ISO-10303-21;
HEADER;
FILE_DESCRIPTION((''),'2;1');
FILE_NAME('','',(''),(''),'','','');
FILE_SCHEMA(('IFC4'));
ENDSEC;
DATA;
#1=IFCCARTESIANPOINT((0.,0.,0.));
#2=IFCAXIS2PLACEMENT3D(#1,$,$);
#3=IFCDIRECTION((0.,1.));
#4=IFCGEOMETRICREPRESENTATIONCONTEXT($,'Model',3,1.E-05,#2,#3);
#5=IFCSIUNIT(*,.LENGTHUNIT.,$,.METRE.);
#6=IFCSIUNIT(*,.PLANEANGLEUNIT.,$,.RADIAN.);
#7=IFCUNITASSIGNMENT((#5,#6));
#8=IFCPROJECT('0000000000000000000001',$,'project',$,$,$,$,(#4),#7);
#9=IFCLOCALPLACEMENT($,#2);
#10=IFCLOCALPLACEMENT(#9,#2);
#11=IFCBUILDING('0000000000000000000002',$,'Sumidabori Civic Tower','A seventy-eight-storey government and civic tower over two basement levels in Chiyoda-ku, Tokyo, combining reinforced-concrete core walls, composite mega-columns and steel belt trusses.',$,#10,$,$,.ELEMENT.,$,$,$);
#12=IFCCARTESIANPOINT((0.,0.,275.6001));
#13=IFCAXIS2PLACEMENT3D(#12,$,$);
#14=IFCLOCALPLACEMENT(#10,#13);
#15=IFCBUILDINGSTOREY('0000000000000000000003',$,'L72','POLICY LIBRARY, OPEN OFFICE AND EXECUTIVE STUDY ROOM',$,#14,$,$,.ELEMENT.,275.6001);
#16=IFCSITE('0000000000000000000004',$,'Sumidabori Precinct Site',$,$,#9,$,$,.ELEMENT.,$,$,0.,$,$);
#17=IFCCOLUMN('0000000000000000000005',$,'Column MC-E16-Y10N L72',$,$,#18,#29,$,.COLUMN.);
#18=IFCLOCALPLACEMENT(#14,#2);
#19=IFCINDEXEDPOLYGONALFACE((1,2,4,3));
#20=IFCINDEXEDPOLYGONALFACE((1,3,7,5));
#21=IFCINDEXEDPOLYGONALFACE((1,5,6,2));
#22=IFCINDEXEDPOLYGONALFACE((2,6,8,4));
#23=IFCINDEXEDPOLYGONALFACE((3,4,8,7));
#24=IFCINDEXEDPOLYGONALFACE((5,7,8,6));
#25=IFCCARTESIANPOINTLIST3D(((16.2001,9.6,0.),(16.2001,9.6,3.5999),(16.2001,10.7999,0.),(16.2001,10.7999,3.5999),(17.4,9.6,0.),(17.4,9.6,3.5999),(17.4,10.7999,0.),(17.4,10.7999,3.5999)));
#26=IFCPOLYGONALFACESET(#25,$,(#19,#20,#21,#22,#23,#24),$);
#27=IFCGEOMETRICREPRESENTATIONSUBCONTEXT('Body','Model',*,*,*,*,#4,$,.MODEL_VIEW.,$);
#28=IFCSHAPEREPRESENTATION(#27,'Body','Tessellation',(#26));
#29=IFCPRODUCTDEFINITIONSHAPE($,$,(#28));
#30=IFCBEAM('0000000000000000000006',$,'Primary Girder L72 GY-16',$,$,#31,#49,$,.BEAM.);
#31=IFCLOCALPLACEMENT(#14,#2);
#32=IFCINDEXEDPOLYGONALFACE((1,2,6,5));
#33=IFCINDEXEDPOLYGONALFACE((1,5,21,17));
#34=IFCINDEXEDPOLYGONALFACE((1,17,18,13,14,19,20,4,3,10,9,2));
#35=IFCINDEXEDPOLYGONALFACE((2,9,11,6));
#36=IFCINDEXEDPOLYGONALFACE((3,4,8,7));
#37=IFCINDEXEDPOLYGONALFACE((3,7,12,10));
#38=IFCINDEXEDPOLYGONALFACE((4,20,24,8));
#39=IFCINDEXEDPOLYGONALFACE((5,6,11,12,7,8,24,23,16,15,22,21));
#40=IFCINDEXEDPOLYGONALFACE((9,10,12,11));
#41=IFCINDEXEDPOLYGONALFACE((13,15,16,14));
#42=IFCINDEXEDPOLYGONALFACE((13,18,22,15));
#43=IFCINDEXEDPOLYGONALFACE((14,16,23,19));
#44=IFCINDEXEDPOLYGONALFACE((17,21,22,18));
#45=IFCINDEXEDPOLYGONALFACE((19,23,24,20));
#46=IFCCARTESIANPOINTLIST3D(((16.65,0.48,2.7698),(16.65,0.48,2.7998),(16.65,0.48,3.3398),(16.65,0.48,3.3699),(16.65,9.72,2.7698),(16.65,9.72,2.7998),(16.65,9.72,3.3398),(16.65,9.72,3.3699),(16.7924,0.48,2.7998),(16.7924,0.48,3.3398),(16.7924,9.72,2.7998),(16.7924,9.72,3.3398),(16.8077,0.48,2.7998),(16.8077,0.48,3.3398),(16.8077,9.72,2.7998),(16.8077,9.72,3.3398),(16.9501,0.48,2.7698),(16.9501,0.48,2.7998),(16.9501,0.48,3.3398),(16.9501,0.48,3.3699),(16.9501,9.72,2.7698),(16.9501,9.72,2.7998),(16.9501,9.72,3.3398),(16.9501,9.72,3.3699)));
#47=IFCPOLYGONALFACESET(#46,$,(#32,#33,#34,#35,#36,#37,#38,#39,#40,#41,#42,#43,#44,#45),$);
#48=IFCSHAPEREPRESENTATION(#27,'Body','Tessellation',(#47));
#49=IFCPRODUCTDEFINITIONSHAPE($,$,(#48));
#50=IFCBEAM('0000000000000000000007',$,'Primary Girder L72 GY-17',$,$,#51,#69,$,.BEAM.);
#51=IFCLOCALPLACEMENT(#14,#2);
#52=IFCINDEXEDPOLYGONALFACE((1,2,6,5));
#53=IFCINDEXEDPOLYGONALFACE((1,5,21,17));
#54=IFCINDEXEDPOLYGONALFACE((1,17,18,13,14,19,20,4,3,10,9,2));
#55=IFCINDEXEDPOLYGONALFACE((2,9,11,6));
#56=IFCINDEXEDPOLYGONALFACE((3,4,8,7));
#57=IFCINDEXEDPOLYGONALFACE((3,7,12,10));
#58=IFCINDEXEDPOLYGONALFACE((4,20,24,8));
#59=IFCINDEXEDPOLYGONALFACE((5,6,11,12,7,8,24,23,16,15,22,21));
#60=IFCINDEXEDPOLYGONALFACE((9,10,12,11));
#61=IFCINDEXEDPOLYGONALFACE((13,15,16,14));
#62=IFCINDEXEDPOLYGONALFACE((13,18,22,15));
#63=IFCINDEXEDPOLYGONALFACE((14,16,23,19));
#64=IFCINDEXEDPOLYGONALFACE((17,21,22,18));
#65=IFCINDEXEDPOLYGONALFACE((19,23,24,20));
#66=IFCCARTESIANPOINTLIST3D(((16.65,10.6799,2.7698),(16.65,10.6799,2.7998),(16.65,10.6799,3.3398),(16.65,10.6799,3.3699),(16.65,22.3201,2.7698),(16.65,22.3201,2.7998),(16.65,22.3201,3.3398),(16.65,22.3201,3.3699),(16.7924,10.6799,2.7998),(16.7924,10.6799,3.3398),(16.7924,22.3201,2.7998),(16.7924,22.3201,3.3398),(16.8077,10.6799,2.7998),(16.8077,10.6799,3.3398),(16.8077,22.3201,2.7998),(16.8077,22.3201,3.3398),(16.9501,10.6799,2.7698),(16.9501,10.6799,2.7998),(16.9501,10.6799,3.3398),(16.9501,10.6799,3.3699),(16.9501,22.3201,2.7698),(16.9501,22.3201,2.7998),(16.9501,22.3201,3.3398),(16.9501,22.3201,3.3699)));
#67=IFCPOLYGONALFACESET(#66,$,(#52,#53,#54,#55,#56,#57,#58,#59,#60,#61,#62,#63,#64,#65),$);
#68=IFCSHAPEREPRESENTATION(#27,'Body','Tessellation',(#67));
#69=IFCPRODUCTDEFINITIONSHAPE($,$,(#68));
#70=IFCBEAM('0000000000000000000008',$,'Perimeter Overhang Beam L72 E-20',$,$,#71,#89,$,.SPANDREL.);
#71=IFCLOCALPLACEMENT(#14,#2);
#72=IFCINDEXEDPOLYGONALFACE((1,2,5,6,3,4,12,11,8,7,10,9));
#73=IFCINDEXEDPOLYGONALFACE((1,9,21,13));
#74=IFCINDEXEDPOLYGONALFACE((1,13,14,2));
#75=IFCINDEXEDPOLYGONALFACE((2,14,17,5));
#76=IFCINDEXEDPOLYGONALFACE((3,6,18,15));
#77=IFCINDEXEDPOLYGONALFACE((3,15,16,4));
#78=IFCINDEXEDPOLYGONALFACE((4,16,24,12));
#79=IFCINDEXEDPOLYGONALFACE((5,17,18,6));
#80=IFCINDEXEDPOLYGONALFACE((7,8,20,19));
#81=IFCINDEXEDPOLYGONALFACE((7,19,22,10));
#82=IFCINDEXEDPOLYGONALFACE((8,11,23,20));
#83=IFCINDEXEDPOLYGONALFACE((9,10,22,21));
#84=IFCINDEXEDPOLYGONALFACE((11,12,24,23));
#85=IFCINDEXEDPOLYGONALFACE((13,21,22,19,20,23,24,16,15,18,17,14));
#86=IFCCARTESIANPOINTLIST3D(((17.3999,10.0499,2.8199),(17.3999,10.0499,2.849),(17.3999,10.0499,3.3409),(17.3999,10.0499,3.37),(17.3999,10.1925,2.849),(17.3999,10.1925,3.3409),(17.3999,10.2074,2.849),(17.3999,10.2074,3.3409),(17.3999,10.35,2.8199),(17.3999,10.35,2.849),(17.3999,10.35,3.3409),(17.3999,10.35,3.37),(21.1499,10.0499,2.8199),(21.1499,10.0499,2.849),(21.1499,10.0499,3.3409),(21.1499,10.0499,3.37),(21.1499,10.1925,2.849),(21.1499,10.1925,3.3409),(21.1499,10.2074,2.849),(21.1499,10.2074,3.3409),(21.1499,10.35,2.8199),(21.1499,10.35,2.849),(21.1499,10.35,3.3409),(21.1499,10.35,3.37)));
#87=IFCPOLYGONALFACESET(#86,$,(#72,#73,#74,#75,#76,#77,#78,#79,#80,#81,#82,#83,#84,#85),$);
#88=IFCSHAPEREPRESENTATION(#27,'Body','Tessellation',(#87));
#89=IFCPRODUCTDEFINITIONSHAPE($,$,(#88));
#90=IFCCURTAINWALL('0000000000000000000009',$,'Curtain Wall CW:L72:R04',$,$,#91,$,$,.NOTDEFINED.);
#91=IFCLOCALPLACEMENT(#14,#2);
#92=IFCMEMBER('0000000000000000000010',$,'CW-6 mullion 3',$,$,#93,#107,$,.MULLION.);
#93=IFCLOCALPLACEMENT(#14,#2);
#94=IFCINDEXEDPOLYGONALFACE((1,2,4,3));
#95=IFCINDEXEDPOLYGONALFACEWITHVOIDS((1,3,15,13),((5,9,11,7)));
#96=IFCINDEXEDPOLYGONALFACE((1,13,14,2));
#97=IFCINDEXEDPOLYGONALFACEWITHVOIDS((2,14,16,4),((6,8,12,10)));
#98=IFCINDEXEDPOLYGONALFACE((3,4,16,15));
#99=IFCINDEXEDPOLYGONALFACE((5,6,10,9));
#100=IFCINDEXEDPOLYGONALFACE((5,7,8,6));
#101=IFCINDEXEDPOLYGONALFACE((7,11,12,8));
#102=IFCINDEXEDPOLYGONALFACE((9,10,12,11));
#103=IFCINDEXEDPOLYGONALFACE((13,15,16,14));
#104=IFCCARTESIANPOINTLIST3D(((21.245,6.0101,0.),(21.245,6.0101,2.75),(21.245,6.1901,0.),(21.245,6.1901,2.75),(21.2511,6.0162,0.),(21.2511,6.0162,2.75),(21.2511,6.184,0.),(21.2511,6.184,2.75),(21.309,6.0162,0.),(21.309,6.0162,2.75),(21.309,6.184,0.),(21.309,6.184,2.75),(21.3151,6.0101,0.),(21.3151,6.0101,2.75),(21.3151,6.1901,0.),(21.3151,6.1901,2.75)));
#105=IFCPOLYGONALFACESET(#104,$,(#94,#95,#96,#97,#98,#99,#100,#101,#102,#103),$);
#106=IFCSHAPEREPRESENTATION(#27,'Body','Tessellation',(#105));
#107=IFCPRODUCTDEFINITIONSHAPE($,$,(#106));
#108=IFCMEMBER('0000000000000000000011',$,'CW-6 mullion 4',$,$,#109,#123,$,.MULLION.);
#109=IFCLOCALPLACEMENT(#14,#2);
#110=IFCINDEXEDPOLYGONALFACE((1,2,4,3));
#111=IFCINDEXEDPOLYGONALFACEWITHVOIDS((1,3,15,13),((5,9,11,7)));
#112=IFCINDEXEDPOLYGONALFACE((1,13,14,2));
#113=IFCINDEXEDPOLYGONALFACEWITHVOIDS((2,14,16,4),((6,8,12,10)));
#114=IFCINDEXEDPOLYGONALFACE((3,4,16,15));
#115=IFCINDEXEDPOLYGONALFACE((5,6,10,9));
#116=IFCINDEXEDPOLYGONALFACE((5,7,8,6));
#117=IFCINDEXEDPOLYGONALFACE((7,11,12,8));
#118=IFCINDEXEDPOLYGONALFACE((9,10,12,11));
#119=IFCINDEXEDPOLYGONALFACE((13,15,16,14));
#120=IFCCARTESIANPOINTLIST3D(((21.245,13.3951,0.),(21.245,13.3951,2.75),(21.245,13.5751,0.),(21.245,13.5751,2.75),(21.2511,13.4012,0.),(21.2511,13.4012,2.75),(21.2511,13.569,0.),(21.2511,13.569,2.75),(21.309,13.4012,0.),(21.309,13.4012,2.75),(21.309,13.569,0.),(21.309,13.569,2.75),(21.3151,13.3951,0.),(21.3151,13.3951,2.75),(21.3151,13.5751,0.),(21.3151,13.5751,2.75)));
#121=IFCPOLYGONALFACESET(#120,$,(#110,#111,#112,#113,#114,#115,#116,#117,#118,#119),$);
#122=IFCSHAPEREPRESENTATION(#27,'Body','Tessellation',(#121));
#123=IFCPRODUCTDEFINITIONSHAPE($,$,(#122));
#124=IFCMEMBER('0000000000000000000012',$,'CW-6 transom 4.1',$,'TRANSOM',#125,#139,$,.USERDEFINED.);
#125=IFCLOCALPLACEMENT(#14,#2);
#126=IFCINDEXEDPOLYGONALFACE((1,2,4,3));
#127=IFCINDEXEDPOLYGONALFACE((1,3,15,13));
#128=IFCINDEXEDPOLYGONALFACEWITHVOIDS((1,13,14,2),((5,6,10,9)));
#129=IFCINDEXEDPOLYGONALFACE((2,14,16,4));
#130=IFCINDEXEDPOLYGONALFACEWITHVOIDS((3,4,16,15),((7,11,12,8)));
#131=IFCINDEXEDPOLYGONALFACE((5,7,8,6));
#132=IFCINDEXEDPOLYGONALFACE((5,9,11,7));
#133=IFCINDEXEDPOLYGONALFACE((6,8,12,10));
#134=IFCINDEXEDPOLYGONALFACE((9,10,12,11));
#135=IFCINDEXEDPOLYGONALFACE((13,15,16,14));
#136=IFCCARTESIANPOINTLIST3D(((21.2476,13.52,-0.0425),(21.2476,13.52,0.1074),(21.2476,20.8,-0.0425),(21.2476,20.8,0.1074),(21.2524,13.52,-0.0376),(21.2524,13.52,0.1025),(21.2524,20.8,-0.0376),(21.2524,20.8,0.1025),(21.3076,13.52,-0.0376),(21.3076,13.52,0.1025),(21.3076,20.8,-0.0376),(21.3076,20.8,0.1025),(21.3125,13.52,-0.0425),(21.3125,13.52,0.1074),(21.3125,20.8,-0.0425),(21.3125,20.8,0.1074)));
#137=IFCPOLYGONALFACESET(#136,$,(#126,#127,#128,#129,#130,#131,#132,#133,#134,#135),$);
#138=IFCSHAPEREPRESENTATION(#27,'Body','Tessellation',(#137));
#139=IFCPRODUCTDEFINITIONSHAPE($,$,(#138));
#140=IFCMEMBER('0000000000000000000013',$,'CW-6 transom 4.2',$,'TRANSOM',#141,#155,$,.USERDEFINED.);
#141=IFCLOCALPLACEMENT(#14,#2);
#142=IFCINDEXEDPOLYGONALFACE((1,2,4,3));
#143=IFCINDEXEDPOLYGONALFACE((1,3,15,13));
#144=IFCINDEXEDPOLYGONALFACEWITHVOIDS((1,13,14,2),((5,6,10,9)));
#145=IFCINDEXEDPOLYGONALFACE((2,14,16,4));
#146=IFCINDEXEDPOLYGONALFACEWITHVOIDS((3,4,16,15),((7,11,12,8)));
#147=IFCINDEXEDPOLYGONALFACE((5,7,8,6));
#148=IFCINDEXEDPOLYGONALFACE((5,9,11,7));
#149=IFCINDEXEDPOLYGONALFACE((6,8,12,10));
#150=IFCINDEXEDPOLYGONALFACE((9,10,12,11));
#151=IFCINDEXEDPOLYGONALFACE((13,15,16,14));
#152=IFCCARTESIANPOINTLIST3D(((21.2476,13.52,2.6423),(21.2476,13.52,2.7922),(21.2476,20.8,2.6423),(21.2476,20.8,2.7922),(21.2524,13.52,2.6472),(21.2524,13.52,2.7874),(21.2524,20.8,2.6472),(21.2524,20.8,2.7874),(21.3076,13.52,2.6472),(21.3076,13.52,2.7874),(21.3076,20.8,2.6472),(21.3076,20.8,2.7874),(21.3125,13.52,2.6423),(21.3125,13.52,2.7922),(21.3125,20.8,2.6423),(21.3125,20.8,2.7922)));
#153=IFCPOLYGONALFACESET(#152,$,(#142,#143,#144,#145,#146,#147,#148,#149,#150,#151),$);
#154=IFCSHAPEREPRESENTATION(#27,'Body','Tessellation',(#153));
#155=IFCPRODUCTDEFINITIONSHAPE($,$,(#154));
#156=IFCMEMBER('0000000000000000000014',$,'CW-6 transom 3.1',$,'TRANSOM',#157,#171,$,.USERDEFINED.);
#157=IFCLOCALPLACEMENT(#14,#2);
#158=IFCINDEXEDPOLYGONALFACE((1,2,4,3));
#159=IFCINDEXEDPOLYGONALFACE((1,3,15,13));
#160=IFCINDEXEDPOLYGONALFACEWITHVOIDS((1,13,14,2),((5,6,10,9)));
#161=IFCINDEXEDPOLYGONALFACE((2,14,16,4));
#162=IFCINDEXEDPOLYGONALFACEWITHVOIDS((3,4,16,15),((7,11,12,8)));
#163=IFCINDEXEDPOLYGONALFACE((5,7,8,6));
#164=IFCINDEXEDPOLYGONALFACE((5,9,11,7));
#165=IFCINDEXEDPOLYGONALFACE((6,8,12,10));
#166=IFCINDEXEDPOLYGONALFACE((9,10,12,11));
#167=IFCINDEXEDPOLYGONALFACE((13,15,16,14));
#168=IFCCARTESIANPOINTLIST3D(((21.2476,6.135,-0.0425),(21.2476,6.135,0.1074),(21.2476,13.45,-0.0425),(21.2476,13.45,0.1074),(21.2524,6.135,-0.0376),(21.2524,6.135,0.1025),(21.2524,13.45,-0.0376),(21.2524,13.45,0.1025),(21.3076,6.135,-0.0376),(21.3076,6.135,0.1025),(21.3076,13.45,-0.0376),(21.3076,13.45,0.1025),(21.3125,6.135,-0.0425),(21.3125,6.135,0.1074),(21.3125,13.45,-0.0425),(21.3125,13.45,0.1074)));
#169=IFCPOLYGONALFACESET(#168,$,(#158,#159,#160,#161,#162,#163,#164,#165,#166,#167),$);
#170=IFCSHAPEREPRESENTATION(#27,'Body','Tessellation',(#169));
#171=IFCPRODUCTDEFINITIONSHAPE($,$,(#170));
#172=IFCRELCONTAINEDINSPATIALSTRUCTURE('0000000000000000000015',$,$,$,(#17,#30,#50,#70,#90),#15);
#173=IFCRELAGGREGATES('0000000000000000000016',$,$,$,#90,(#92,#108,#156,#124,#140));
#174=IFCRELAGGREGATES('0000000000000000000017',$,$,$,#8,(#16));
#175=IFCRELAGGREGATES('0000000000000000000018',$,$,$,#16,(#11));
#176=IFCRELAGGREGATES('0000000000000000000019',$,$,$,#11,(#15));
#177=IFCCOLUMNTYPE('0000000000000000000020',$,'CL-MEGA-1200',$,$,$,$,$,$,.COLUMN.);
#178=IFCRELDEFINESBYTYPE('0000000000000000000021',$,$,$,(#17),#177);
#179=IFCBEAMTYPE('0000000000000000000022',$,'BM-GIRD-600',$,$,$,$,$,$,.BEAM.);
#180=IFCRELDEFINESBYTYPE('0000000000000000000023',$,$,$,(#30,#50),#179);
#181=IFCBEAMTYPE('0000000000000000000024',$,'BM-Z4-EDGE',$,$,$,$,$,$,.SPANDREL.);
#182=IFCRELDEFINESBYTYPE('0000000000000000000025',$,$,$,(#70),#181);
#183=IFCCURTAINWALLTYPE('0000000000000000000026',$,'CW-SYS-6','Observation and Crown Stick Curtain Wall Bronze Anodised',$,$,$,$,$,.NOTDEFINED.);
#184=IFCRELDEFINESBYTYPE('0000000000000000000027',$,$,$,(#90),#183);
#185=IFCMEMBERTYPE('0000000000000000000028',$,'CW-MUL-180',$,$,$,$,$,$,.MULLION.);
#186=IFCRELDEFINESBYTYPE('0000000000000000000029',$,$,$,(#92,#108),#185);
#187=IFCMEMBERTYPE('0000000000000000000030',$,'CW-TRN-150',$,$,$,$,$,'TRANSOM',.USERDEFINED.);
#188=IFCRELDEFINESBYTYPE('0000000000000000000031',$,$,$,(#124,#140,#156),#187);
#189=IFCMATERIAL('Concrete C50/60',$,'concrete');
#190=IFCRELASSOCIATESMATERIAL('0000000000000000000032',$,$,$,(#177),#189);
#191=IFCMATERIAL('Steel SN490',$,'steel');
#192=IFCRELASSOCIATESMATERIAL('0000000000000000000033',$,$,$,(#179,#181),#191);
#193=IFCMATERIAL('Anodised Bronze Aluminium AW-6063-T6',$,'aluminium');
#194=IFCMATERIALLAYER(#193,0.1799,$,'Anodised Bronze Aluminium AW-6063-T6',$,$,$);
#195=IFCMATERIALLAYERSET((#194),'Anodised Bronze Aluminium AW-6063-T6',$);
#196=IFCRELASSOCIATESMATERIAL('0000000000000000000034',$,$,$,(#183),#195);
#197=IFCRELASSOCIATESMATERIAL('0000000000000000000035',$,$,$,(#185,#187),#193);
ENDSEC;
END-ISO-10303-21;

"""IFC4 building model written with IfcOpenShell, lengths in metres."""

from ifc_helpers import new_model, si_unit, direction, frame, origin, origin_2d, place, context, subcontext, project, spatial, rectangle, hollow_rectangle, i_section, extrude, source, transform, mapped, material, layer, layer_set, material_profile, profile_set, type_object, element, aggregate, save


model = new_model("IFC4")

# Units and contexts
model_context = context("Model", 3, precision=1e-05, world=origin(), true_north=direction((0.0, 1.0)))
body_context = subcontext(model_context, "Body", "Model", "MODEL_VIEW")
ifc_project = project(units=[si_unit("LENGTHUNIT", "METRE"), si_unit("PLANEANGLEUNIT", "RADIAN")], contexts=[model_context])

# Site, building, storey
site_placement = place(None, origin())
site = spatial("IfcSite", under=ifc_project, at=site_placement, Name="Sumidabori Precinct Site", CompositionType="ELEMENT", RefElevation=0.0)
building_placement = place(site_placement, origin())
building = spatial("IfcBuilding", under=site, at=building_placement, Name="Sumidabori Civic Tower", Description="A seventy-eight-storey government and civic tower over two basement levels in Chiyoda-ku, Tokyo, combining reinforced-concrete core walls, composite mega-columns and steel belt trusses.", CompositionType="ELEMENT")
storey_placement = place(building_placement, frame((0.0, 0.0, 275.6001)))
storey = spatial("IfcBuildingStorey", under=building, at=storey_placement, Name="L72", Description="POLICY LIBRARY, OPEN OFFICE AND EXECUTIVE STUDY ROOM", CompositionType="ELEMENT", Elevation=275.6001)

# Column
ifc_material_1 = material(Name="Concrete C50/60", Category="concrete")
ifc_material_profile_1 = material_profile(ifc_material_1, rectangle(XDim=1.2, YDim=1.2, at=origin_2d()), Name="RC 1200x1200")
ifc_profile_set_1 = profile_set([ifc_material_profile_1], Name="Concrete C50/60")
column_type = type_object("IfcColumnType", Name="CL-MEGA-1200", PredefinedType="COLUMN", material=ifc_profile_set_1)
shared_shape_1 = source(origin(), body_context, "Body", "SweptSolid", [
    extrude(rectangle(XDim=1.2, YDim=1.2, at=origin_2d()), origin(), (0.0, 0.0, 1.0), 3.5999),
])
column_placement = place(storey_placement, frame((16.8, 10.2, 0.0), z_axis=(0.0, 0.0, 1.0), x_axis=(1.0, 0.0, 0.0)))
element("IfcColumn", 1, at=column_placement, inside=storey, type_object=column_type, Name="Column MC-E16-Y10N L72", PredefinedType="COLUMN", context=body_context, shape_type="MappedRepresentation", body=[
    mapped(shared_shape_1, transform((0.0, 0.0, 0.0), x_axis=(1.0, 0.0, 0.0), y_axis=(0.0, 1.0, 0.0), z_axis=(0.0, 0.0, 1.0), scale=1.0)),
])

# Beams
ifc_material_2 = material(Name="Steel SN490", Category="steel")
ifc_material_profile_2 = material_profile(ifc_material_2, i_section(OverallWidth=0.3, OverallDepth=0.6001, WebThickness=0.0154, FlangeThickness=0.03, at=origin_2d()), Name="HE 600 B")
ifc_profile_set_2 = profile_set([ifc_material_profile_2], Name="Steel SN490")
beam_type_1 = type_object("IfcBeamType", Name="BM-GIRD-600", PredefinedType="BEAM", material=ifc_profile_set_2)
shared_shape_2 = source(origin(), body_context, "Body", "SweptSolid", [
    extrude(i_section(OverallWidth=0.3, OverallDepth=0.6001, WebThickness=0.0154, FlangeThickness=0.03, at=origin_2d()), origin(), (0.0, 0.0, 1.0), 9.24),
])
beam_1_placement = place(storey_placement, frame((16.8, 0.48, 3.0698), z_axis=(0.0, 1.0, 0.0), x_axis=(-1.0, 0.0, 0.0)))
element("IfcBeam", 2, at=beam_1_placement, inside=storey, type_object=beam_type_1, Name="Primary Girder L72 GY-16", PredefinedType="BEAM", context=body_context, shape_type="MappedRepresentation", body=[
    mapped(shared_shape_2, transform((0.0, 0.0, 0.0), x_axis=(1.0, 0.0, 0.0), y_axis=(0.0, 1.0, 0.0), z_axis=(0.0, 0.0, 1.0), scale=1.0)),
])
shared_shape_3 = source(origin(), body_context, "Body", "SweptSolid", [
    extrude(i_section(OverallWidth=0.3, OverallDepth=0.6001, WebThickness=0.0154, FlangeThickness=0.03, at=origin_2d()), origin(), (0.0, 0.0, 1.0), 11.6401),
])
beam_2_placement = place(storey_placement, frame((16.8, 10.6799, 3.0698), z_axis=(0.0, 1.0, 0.0), x_axis=(-1.0, 0.0, 0.0)))
element("IfcBeam", 3, at=beam_2_placement, inside=storey, type_object=beam_type_1, Name="Primary Girder L72 GY-17", PredefinedType="BEAM", context=body_context, shape_type="MappedRepresentation", body=[
    mapped(shared_shape_3, transform((0.0, 0.0, 0.0), x_axis=(1.0, 0.0, 0.0), y_axis=(0.0, 1.0, 0.0), z_axis=(0.0, 0.0, 1.0), scale=1.0)),
])
ifc_material_profile_3 = material_profile(ifc_material_2, i_section(OverallWidth=0.3, OverallDepth=0.55, WebThickness=0.0149, FlangeThickness=0.0291, at=origin_2d()), Name="HE 550 B")
ifc_profile_set_3 = profile_set([ifc_material_profile_3], Name="Steel SN490")
beam_type_2 = type_object("IfcBeamType", Name="BM-Z4-EDGE", PredefinedType="SPANDREL", material=ifc_profile_set_3)
shared_shape_4 = source(origin(), body_context, "Body", "SweptSolid", [
    extrude(i_section(OverallWidth=0.3, OverallDepth=0.55, WebThickness=0.0149, FlangeThickness=0.0291, at=origin_2d()), origin(), (0.0, 0.0, 1.0), 3.75),
])
beam_3_placement = place(storey_placement, frame((17.3999, 10.2, 3.095), z_axis=(1.0, 0.0, 0.0), x_axis=(0.0, 1.0, 0.0)))
element("IfcBeam", 4, at=beam_3_placement, inside=storey, type_object=beam_type_2, Name="Perimeter Overhang Beam L72 E-20", PredefinedType="SPANDREL", context=body_context, shape_type="MappedRepresentation", body=[
    mapped(shared_shape_4, transform((0.0, 0.0, 0.0), x_axis=(1.0, 0.0, 0.0), y_axis=(0.0, 1.0, 0.0), z_axis=(0.0, 0.0, 1.0), scale=1.0)),
])

# Curtain wall, members
ifc_material_3 = material(Name="Anodised Bronze Aluminium AW-6063-T6", Category="aluminium")
ifc_layer_1 = layer(ifc_material_3, 0.1799, Name="Anodised Bronze Aluminium AW-6063-T6")
ifc_layer_set_1 = layer_set([ifc_layer_1], Name="Anodised Bronze Aluminium AW-6063-T6")
curtain_wall_type = type_object("IfcCurtainWallType", Name="CW-SYS-6", Description="Observation and Crown Stick Curtain Wall Bronze Anodised", PredefinedType="NOTDEFINED", material=ifc_layer_set_1)
curtain_wall_placement = place(storey_placement, origin())
curtain_wall = element("IfcCurtainWall", 5, at=curtain_wall_placement, inside=storey, type_object=curtain_wall_type, Name="Curtain Wall CW:L72:R04", PredefinedType="NOTDEFINED")
ifc_material_profile_4 = material_profile(ifc_material_3, hollow_rectangle(XDim=0.0701, YDim=0.1799, WallThickness=0.0061, at=origin_2d()), Name="ALU MULLION 180x70")
ifc_profile_set_4 = profile_set([ifc_material_profile_4], Name="Anodised Bronze Aluminium AW-6063-T6")
member_type_1 = type_object("IfcMemberType", Name="CW-MUL-180", PredefinedType="MULLION", material=ifc_profile_set_4)
shared_shape_5 = source(origin(), body_context, "Body", "SweptSolid", [
    extrude(hollow_rectangle(XDim=0.0701, YDim=0.1799, WallThickness=0.0061, at=origin_2d()), origin(), (0.0, 0.0, 1.0), 2.75),
])
member_1_placement = place(storey_placement, frame((21.28, 6.1001, 0.0), z_axis=(0.0, 0.0, 1.0), x_axis=(-1.0, 0.0, 0.0)))
member_1 = element("IfcMember", 6, at=member_1_placement, type_object=member_type_1, Name="CW-6 mullion 3", PredefinedType="MULLION", context=body_context, shape_type="MappedRepresentation", body=[
    mapped(shared_shape_5, transform((0.0, 0.0, 0.0), x_axis=(1.0, 0.0, 0.0), y_axis=(0.0, 1.0, 0.0), z_axis=(0.0, 0.0, 1.0), scale=1.0)),
])
member_2_placement = place(storey_placement, frame((21.28, 13.4851, 0.0), z_axis=(0.0, 0.0, 1.0), x_axis=(-1.0, 0.0, 0.0)))
member_2 = element("IfcMember", 7, at=member_2_placement, type_object=member_type_1, Name="CW-6 mullion 4", PredefinedType="MULLION", context=body_context, shape_type="MappedRepresentation", body=[
    mapped(shared_shape_5, transform((0.0, 0.0, 0.0), x_axis=(1.0, 0.0, 0.0), y_axis=(0.0, 1.0, 0.0), z_axis=(0.0, 0.0, 1.0), scale=1.0)),
])
ifc_material_profile_5 = material_profile(ifc_material_3, hollow_rectangle(XDim=0.0649, YDim=0.1499, WallThickness=0.0049, at=origin_2d()), Name="ALU TRANSOM 150x65")
ifc_profile_set_5 = profile_set([ifc_material_profile_5], Name="Anodised Bronze Aluminium AW-6063-T6")
member_type_2 = type_object("IfcMemberType", Name="CW-TRN-150", ElementType="TRANSOM", PredefinedType="USERDEFINED", material=ifc_profile_set_5)
shared_shape_6 = source(origin(), body_context, "Body", "SweptSolid", [
    extrude(hollow_rectangle(XDim=0.0649, YDim=0.1499, WallThickness=0.0049, at=origin_2d()), origin(), (0.0, 0.0, 1.0), 7.28),
])
member_3_placement = place(storey_placement, frame((21.28, 13.52, 0.0325), z_axis=(0.0, 1.0, 0.0), x_axis=(-1.0, 0.0, 0.0)))
member_3 = element("IfcMember", 8, at=member_3_placement, type_object=member_type_2, Name="CW-6 transom 4.1", ObjectType="TRANSOM", PredefinedType="USERDEFINED", context=body_context, shape_type="MappedRepresentation", body=[
    mapped(shared_shape_6, transform((0.0, 0.0, 0.0), x_axis=(1.0, 0.0, 0.0), y_axis=(0.0, 1.0, 0.0), z_axis=(0.0, 0.0, 1.0), scale=1.0)),
])
member_4_placement = place(storey_placement, frame((21.28, 13.52, 2.7173), z_axis=(0.0, 1.0, 0.0), x_axis=(-1.0, 0.0, 0.0)))
member_4 = element("IfcMember", 9, at=member_4_placement, type_object=member_type_2, Name="CW-6 transom 4.2", ObjectType="TRANSOM", PredefinedType="USERDEFINED", context=body_context, shape_type="MappedRepresentation", body=[
    mapped(shared_shape_6, transform((0.0, 0.0, 0.0), x_axis=(1.0, 0.0, 0.0), y_axis=(0.0, 1.0, 0.0), z_axis=(0.0, 0.0, 1.0), scale=1.0)),
])
shared_shape_7 = source(origin(), body_context, "Body", "SweptSolid", [
    extrude(hollow_rectangle(XDim=0.0649, YDim=0.1499, WallThickness=0.0049, at=origin_2d()), origin(), (0.0, 0.0, 1.0), 7.3149),
])
member_5_placement = place(storey_placement, frame((21.28, 6.135, 0.0325), z_axis=(0.0, 1.0, 0.0), x_axis=(-1.0, 0.0, 0.0)))
member_5 = element("IfcMember", 10, at=member_5_placement, type_object=member_type_2, Name="CW-6 transom 3.1", ObjectType="TRANSOM", PredefinedType="USERDEFINED", context=body_context, shape_type="MappedRepresentation", body=[
    mapped(shared_shape_7, transform((0.0, 0.0, 0.0), x_axis=(1.0, 0.0, 0.0), y_axis=(0.0, 1.0, 0.0), z_axis=(0.0, 0.0, 1.0), scale=1.0)),
])
aggregate(curtain_wall, [member_1, member_2, member_5, member_3, member_4])

save(model, "model.ifc")
